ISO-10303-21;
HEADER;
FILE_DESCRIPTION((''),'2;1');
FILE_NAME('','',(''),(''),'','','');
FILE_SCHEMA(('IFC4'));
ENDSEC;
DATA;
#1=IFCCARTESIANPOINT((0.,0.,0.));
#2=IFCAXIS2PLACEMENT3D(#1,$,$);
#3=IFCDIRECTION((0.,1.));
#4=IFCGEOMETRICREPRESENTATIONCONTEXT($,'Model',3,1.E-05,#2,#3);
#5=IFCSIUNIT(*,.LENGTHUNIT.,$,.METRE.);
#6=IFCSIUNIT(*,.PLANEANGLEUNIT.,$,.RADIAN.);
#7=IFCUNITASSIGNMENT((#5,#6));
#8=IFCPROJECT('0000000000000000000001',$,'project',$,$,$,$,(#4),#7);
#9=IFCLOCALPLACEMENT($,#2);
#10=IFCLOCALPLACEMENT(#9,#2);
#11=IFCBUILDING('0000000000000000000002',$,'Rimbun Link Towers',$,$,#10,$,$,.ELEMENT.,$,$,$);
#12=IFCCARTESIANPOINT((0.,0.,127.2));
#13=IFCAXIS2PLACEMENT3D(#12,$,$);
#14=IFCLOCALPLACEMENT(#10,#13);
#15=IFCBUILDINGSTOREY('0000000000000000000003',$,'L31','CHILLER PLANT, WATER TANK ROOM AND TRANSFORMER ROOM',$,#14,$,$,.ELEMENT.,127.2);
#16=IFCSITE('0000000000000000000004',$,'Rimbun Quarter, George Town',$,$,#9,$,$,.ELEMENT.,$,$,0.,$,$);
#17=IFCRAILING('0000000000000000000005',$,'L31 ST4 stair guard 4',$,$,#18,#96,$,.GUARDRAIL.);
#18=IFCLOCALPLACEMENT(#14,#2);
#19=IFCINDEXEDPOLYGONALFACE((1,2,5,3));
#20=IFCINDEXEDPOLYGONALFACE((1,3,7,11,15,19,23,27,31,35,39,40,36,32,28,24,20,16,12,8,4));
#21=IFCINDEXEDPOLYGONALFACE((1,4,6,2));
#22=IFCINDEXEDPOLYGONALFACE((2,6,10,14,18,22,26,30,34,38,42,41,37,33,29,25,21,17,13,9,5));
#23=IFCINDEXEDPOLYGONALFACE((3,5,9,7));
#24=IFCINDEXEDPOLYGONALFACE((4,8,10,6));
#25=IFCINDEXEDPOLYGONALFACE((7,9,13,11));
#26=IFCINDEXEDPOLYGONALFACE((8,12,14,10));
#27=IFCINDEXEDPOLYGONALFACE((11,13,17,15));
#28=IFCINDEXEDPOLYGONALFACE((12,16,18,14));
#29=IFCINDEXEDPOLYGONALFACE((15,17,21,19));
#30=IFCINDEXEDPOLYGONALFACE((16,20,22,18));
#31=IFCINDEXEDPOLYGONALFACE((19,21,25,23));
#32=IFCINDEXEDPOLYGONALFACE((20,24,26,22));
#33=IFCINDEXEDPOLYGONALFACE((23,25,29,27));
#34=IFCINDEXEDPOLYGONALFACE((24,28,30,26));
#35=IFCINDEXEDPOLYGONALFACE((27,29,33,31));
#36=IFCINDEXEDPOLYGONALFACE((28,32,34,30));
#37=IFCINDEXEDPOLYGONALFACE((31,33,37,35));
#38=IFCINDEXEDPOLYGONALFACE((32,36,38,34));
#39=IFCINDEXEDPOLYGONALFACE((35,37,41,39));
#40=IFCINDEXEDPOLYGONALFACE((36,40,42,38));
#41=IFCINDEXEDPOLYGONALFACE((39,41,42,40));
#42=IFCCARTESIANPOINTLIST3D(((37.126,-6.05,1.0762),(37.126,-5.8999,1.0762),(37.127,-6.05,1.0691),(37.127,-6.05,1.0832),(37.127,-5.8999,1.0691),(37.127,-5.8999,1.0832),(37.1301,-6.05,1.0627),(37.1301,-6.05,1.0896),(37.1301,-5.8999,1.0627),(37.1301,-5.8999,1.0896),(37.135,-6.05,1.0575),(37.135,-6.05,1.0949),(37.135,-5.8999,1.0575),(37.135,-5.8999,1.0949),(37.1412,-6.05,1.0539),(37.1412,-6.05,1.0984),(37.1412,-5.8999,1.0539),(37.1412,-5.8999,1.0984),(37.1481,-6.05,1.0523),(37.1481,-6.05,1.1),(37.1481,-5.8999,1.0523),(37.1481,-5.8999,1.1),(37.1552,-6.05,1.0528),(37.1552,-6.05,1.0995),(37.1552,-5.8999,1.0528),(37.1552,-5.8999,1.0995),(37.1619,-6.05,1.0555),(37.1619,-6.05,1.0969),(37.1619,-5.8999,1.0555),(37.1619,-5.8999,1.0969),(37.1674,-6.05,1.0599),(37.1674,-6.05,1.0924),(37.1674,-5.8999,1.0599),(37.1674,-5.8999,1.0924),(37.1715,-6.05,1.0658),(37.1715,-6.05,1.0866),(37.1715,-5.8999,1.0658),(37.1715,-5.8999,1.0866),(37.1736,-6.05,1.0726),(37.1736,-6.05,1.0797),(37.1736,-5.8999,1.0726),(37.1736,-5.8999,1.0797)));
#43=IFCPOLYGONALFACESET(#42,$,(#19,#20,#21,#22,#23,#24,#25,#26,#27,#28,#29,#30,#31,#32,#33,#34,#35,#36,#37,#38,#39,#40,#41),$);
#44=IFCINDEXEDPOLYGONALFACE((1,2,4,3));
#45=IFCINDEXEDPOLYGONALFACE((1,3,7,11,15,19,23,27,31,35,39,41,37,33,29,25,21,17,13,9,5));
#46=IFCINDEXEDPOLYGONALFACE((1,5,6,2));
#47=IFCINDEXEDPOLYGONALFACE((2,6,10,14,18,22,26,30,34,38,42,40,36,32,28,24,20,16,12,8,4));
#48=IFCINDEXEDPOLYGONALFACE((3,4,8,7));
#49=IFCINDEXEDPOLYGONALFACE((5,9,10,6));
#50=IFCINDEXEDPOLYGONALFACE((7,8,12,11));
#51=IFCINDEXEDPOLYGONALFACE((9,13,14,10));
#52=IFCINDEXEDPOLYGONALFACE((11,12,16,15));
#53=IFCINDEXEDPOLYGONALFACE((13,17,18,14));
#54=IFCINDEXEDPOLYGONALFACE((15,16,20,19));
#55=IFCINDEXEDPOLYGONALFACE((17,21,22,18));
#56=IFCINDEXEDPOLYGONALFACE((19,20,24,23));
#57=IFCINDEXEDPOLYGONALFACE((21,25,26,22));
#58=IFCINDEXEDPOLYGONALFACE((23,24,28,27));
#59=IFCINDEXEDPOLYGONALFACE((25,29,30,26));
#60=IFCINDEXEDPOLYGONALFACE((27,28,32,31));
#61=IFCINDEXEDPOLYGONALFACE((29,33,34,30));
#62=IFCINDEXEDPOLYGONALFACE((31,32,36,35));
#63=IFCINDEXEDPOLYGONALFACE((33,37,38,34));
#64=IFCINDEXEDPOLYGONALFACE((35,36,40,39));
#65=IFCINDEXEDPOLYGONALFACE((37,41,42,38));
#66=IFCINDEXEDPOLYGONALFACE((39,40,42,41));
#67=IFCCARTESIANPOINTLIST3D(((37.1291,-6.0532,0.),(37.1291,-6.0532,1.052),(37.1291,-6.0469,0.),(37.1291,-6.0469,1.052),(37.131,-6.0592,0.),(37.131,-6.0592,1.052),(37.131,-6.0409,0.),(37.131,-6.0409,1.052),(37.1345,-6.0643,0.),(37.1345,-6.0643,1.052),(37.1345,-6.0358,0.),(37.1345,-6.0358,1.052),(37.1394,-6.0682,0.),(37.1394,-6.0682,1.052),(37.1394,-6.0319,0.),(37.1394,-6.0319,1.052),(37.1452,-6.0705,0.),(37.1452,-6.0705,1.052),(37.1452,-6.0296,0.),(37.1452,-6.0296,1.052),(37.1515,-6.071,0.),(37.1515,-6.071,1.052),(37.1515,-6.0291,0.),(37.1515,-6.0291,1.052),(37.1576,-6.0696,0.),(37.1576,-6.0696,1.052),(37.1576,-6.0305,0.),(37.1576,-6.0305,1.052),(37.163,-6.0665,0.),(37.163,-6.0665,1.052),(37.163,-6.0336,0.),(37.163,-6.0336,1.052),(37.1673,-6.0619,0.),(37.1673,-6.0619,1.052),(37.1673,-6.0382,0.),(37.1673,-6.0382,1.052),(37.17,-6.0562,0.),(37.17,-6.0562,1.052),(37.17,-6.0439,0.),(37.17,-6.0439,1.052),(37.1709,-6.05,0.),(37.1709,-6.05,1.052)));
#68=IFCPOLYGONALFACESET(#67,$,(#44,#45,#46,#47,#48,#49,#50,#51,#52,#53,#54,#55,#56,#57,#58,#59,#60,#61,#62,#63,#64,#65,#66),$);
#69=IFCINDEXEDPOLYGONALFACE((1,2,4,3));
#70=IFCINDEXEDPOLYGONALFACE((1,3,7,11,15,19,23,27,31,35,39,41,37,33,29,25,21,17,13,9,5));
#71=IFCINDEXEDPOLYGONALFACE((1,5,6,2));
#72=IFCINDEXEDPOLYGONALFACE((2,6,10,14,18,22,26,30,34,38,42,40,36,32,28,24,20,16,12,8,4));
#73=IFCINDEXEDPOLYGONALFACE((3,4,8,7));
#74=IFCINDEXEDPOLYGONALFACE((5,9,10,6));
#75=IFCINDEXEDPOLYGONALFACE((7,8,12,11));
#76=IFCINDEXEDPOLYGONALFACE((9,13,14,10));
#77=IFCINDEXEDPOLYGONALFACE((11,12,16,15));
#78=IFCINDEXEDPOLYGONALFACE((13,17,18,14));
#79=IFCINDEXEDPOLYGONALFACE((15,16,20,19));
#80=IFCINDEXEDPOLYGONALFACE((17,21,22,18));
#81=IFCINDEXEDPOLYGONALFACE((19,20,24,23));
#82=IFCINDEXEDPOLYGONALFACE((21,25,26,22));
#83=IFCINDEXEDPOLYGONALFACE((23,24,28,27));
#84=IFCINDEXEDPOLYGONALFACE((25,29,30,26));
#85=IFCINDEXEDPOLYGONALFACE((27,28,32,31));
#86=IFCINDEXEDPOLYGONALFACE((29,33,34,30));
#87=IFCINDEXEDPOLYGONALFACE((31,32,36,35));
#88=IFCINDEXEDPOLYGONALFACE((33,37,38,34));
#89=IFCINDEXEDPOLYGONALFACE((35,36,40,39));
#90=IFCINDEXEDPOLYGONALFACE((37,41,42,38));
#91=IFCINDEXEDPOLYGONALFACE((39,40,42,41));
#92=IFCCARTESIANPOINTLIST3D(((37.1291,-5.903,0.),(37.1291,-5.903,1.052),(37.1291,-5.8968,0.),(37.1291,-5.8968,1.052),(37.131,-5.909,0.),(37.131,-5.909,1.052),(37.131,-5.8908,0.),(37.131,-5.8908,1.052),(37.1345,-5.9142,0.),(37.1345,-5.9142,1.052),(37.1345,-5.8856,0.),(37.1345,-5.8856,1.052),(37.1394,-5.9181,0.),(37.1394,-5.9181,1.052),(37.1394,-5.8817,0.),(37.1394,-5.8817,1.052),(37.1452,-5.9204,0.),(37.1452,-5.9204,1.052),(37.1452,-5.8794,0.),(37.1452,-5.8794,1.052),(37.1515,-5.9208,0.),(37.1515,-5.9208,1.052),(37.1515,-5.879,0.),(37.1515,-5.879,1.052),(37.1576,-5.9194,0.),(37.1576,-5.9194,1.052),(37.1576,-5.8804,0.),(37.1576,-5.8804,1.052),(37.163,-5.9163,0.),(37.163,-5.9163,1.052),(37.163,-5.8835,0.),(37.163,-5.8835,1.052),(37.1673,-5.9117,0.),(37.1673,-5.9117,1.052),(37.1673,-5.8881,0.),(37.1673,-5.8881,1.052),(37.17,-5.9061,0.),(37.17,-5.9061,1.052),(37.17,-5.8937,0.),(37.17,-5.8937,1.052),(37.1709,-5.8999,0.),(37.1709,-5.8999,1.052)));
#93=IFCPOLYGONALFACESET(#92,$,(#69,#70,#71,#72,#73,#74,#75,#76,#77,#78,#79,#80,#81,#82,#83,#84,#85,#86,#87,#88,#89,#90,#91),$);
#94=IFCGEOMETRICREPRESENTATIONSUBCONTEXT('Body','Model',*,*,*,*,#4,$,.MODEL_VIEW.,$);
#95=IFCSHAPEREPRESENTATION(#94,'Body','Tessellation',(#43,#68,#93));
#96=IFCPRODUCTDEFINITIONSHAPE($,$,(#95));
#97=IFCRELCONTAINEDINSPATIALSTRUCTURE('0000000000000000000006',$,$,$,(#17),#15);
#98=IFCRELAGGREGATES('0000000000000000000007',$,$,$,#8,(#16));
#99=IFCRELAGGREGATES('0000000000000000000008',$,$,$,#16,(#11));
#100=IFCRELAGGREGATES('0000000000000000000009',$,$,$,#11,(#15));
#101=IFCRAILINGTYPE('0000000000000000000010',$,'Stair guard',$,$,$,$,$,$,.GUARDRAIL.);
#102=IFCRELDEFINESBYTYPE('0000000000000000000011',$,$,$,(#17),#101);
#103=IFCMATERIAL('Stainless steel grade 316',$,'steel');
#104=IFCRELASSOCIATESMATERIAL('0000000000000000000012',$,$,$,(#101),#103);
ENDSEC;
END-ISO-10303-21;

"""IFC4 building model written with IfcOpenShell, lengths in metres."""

from ifc_helpers import new_model, si_unit, direction, frame, origin, origin_2d, place, context, subcontext, project, spatial, circle, extrude, material, type_object, element, save


model = new_model("IFC4")

# Units and contexts
model_context = context("Model", 3, precision=1e-05, world=origin(), true_north=direction((0.0, 1.0)))
body_context = subcontext(model_context, "Body", "Model", "MODEL_VIEW")
ifc_project = project(units=[si_unit("LENGTHUNIT", "METRE"), si_unit("PLANEANGLEUNIT", "RADIAN")], contexts=[model_context])

# Site, building, storey
site_placement = place(None, origin())
site = spatial("IfcSite", under=ifc_project, at=site_placement, Name="Rimbun Quarter, George Town", CompositionType="ELEMENT", RefElevation=0.0)
building_placement = place(site_placement, origin())
building = spatial("IfcBuilding", under=site, at=building_placement, Name="Rimbun Link Towers", CompositionType="ELEMENT")
storey_placement = place(building_placement, frame((0.0, 0.0, 127.2)))
storey = spatial("IfcBuildingStorey", under=building, at=storey_placement, Name="L31", Description="CHILLER PLANT, WATER TANK ROOM AND TRANSFORMER ROOM", CompositionType="ELEMENT", Elevation=127.2)

# Railing
ifc_material_1 = material(Name="Stainless steel grade 316", Category="steel")
railing_type_1 = type_object("IfcRailingType", Name="Stair guard", PredefinedType="GUARDRAIL", material=ifc_material_1)
railing_1_placement = place(storey_placement, frame((37.1499, -6.05, 0.0)))
element("IfcRailing", 1, at=railing_1_placement, inside=storey, type_object=railing_type_1, Name="L31 ST4 stair guard 4", PredefinedType="GUARDRAIL", context=body_context, shape_type="SweptSolid", body=[
    extrude(circle(Radius=0.0239, at=origin_2d()), frame((0.0, 0.0, 1.0762), z_axis=(0.0, 1.0, 0.0), x_axis=(-1.0, 0.0, 0.0)), (0.0, 0.0, 1.0), 0.1501),
    extrude(circle(Radius=0.021, at=origin_2d()), origin(), (0.0, 0.0, 1.0), 1.052),
    extrude(circle(Radius=0.021, at=origin_2d()), frame((0.0, 0.1501, 0.0)), (0.0, 0.0, 1.0), 1.052),
])

save(model, "model.ifc")
